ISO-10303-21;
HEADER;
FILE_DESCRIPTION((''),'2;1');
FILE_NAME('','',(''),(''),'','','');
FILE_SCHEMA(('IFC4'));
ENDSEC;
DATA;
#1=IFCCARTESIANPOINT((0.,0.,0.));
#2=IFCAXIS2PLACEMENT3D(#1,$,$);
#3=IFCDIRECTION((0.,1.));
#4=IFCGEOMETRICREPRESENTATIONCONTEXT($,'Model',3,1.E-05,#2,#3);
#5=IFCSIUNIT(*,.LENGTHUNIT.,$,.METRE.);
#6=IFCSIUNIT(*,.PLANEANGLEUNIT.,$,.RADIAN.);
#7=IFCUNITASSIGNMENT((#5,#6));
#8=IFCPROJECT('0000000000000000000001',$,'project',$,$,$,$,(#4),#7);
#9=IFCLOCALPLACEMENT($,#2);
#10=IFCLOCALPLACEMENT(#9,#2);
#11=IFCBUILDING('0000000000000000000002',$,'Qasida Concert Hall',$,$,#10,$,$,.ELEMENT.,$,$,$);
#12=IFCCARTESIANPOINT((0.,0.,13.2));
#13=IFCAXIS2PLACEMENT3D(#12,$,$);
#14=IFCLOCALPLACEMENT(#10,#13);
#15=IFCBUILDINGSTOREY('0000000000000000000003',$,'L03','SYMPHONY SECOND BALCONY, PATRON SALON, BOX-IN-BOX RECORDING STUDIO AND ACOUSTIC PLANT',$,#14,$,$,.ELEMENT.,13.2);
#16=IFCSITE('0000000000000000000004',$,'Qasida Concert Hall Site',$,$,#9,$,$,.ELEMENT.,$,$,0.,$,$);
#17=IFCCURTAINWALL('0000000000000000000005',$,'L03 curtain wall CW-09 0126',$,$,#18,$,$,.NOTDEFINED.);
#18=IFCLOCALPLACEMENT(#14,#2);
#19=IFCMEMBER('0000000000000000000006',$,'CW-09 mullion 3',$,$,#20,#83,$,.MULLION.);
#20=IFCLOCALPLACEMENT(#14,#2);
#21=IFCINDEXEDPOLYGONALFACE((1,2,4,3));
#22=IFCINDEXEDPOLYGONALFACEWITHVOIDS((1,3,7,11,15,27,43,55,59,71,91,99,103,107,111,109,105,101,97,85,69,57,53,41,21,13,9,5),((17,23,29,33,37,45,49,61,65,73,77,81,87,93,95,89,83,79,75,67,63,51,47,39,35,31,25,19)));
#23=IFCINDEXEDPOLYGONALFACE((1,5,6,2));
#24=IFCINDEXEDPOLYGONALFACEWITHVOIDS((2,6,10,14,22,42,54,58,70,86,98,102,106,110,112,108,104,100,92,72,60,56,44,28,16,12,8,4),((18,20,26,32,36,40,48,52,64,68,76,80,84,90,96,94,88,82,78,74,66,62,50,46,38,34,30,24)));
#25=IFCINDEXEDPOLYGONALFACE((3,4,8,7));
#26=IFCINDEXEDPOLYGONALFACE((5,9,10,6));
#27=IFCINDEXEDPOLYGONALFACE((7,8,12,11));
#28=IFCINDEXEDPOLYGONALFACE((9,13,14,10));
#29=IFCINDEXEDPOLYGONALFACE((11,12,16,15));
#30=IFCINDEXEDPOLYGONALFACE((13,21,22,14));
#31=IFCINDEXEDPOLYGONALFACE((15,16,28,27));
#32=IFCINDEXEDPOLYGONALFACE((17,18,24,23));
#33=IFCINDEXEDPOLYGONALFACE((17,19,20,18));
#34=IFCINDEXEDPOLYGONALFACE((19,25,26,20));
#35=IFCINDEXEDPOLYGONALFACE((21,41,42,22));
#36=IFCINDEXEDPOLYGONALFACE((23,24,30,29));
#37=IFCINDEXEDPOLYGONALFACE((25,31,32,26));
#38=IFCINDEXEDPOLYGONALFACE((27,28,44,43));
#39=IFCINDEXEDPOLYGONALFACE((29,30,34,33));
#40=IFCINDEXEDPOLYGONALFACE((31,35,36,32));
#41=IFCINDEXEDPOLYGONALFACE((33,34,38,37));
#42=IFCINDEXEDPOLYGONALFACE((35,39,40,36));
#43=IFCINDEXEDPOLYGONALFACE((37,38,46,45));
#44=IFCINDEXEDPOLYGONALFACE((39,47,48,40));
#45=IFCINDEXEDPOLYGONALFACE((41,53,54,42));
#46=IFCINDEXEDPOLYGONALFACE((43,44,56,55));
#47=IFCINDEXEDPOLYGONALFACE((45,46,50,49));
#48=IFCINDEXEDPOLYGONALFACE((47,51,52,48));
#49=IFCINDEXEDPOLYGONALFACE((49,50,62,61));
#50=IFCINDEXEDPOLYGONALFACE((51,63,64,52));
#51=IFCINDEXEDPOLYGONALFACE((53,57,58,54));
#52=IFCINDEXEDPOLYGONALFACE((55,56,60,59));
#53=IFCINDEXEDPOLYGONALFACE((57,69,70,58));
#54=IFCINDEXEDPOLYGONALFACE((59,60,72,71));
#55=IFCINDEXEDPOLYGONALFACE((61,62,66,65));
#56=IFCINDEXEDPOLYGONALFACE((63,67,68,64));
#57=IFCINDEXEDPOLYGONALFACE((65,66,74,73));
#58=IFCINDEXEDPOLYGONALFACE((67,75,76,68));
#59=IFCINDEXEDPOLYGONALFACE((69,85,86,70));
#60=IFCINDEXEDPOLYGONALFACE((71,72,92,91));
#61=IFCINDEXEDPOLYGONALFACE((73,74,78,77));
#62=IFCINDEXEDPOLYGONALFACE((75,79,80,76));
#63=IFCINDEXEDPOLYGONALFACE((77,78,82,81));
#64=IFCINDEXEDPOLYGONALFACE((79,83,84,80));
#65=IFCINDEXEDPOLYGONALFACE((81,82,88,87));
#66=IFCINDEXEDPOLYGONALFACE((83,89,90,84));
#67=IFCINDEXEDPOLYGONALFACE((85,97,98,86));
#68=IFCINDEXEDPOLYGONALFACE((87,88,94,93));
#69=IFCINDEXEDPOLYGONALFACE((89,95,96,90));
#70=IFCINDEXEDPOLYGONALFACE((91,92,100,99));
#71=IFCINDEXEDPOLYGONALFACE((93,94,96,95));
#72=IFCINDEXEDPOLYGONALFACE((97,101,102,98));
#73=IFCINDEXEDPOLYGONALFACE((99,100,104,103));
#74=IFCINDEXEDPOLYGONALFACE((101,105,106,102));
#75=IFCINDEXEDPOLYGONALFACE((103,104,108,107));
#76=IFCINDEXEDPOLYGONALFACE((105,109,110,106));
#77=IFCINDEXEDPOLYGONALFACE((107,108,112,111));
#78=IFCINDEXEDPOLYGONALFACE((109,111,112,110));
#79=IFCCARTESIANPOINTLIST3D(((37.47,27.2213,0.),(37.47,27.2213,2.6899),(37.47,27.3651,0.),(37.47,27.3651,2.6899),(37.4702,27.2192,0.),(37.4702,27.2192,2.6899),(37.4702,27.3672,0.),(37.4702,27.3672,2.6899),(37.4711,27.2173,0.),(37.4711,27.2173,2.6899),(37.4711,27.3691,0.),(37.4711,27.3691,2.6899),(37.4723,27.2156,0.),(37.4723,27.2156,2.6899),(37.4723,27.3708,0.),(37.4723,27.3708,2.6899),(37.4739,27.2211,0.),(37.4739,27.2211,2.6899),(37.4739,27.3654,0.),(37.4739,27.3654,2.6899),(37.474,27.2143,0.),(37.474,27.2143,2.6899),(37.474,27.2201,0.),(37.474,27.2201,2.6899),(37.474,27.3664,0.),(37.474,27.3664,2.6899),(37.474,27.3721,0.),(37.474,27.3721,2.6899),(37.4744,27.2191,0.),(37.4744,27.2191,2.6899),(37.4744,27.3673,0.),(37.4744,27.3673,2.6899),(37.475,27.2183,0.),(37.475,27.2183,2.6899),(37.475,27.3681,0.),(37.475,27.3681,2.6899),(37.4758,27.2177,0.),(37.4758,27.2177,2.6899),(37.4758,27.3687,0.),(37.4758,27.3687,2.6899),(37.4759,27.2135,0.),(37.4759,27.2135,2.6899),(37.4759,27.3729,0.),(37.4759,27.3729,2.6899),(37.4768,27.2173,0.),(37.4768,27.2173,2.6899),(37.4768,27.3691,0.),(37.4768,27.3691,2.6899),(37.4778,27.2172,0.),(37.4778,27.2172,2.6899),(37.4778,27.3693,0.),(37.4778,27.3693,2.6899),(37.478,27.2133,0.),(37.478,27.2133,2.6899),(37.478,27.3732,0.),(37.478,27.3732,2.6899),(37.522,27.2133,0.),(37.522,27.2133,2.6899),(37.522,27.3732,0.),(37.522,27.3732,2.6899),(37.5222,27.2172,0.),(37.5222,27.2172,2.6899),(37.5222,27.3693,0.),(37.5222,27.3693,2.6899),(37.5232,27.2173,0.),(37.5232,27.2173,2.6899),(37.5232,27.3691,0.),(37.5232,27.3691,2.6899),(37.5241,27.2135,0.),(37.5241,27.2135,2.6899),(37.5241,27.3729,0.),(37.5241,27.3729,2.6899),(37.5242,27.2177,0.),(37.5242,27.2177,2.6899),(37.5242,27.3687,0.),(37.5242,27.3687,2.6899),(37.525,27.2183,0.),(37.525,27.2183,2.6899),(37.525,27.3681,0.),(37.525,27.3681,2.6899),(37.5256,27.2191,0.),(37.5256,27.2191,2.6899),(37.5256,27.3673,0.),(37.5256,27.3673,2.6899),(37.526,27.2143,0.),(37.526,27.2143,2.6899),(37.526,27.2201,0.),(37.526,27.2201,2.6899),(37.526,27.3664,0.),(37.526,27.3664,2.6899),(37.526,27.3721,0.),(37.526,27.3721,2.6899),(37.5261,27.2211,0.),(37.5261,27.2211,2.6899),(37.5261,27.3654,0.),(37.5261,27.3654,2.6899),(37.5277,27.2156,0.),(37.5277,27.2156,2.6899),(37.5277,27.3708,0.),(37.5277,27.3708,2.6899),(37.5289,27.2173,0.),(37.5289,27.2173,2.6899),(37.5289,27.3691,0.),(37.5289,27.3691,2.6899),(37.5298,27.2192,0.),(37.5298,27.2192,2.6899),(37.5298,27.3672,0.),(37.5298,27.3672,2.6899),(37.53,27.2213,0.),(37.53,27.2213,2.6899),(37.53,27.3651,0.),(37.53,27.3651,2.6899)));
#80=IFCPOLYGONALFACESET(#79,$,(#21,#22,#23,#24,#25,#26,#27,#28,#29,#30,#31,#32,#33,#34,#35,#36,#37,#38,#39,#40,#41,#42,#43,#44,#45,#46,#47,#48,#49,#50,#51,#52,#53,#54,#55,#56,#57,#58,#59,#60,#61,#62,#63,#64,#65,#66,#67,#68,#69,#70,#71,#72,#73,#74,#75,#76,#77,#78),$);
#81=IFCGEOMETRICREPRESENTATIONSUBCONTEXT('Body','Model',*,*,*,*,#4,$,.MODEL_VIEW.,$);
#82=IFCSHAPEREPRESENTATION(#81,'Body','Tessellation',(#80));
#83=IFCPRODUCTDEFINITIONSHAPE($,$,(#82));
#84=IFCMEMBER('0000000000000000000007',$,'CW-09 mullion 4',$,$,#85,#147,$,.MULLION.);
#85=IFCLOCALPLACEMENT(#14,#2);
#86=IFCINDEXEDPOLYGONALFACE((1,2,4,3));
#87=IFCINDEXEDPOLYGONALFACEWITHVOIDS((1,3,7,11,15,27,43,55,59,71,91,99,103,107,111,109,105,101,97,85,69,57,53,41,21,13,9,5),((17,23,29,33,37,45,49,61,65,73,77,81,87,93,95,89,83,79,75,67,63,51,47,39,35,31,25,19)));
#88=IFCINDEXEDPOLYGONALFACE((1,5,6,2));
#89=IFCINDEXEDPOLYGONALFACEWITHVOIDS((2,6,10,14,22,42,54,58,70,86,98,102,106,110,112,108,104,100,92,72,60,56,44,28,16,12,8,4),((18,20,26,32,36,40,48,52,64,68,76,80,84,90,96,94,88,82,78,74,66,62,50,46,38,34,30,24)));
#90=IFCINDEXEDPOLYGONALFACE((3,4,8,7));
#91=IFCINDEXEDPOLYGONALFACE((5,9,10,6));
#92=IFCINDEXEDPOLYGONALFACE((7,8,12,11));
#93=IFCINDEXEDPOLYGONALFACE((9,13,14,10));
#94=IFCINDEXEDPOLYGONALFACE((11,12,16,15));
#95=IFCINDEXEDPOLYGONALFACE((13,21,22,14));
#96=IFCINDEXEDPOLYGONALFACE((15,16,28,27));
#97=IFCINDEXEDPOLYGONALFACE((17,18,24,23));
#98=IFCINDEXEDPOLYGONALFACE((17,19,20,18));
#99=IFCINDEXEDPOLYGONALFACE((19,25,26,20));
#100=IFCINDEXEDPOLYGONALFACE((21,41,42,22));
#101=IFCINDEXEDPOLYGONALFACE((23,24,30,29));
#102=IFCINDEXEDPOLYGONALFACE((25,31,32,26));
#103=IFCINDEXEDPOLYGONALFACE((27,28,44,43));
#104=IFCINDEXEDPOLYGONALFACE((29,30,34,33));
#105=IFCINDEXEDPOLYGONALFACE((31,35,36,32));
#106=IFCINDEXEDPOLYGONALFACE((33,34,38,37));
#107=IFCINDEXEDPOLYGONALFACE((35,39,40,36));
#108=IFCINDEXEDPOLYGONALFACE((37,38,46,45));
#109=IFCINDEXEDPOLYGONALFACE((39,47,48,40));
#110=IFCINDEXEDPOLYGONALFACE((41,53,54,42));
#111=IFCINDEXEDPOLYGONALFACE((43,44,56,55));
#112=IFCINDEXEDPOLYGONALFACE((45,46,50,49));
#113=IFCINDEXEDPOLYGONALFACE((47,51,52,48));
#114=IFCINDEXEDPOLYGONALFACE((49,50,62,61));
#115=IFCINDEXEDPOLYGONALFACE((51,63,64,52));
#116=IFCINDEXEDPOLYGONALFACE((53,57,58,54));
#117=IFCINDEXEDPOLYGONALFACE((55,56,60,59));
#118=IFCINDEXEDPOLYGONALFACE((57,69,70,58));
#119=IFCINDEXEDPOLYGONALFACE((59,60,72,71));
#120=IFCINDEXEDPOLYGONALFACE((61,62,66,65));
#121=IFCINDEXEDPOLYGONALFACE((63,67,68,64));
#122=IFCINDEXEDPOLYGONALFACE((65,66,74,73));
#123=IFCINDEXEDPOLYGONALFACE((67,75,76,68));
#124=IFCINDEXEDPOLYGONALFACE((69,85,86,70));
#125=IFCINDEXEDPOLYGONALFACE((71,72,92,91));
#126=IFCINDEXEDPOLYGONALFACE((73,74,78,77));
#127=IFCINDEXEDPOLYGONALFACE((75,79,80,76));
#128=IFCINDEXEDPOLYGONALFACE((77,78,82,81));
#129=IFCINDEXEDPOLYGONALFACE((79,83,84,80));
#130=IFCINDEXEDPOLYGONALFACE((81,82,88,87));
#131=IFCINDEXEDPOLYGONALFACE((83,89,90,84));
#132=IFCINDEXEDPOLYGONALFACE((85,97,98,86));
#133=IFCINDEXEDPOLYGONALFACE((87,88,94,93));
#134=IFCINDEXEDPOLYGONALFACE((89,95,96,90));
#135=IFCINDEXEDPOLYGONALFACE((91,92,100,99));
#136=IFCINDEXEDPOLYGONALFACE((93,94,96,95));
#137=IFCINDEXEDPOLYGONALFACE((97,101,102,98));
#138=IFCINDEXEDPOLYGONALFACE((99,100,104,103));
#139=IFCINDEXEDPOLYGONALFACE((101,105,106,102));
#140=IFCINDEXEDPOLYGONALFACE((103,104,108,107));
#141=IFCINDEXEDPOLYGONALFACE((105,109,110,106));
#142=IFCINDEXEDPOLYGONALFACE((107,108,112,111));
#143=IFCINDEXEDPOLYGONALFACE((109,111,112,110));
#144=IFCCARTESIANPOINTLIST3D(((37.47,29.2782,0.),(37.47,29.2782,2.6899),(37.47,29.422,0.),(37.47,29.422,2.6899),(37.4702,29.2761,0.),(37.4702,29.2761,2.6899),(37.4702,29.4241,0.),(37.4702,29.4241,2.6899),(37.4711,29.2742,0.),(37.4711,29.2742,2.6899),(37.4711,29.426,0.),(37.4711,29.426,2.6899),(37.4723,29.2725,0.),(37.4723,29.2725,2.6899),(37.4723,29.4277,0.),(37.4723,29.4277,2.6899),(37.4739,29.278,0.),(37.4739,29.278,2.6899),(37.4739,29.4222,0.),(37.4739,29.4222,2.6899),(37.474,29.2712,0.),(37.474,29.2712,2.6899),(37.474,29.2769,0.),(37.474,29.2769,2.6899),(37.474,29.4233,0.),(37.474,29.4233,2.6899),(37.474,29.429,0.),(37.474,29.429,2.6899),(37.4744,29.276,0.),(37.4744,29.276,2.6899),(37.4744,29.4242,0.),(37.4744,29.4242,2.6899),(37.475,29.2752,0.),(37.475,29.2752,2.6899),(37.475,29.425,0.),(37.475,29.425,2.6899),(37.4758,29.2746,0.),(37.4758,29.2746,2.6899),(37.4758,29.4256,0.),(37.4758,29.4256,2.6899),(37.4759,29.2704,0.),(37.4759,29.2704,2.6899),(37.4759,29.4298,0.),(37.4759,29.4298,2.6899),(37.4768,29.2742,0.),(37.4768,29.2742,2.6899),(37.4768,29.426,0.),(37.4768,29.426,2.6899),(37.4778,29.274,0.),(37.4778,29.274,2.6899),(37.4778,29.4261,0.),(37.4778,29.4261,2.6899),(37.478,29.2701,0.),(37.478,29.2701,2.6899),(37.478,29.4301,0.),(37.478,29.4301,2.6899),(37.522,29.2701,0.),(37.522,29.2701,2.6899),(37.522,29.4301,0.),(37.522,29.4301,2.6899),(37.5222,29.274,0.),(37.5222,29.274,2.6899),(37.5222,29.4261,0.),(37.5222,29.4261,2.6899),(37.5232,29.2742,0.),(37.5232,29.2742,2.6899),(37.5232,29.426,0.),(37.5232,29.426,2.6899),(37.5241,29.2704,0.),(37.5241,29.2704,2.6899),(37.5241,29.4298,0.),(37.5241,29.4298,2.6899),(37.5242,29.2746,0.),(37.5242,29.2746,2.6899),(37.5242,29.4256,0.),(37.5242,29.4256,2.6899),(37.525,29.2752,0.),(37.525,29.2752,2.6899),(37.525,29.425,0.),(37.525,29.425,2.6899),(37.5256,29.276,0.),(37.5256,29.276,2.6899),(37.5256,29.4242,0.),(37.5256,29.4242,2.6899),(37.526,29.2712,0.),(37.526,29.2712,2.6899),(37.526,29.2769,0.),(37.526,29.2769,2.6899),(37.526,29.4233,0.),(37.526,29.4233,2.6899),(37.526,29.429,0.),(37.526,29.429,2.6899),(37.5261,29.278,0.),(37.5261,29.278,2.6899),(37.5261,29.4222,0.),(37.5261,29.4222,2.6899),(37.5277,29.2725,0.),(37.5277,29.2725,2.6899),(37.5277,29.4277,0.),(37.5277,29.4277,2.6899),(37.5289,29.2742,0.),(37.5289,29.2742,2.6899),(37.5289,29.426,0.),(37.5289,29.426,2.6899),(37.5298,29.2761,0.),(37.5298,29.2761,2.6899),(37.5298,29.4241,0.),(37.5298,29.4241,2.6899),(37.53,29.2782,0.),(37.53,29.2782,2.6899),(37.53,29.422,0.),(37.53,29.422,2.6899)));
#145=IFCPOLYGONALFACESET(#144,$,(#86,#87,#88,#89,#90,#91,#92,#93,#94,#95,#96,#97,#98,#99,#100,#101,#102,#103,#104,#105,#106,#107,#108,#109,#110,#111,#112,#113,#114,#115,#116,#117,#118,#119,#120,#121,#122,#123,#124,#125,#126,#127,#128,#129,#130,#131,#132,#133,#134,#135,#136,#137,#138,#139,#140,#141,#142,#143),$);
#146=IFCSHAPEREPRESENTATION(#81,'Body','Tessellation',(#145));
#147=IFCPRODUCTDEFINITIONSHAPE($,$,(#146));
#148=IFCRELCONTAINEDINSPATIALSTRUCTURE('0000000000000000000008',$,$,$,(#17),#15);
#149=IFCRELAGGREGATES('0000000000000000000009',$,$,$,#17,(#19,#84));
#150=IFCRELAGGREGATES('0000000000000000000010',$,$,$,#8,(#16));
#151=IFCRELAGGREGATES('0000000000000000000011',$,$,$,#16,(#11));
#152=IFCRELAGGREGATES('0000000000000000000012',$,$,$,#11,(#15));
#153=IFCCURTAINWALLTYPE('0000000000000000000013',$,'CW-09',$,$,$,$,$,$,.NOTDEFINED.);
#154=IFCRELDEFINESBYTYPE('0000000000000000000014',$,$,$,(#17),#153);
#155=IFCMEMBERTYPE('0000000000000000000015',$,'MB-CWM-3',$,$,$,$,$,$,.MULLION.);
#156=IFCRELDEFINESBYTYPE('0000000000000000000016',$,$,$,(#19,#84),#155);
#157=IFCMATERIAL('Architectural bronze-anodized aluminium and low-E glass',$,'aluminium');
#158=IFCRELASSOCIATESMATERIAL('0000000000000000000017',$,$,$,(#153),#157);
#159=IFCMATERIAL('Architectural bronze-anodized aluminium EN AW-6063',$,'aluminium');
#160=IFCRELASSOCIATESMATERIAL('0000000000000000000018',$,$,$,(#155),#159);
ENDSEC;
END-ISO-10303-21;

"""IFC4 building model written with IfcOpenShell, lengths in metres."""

from ifc_helpers import new_model, si_unit, direction, frame, origin, origin_2d, place, context, subcontext, project, spatial, hollow_rectangle, extrude, material, material_profile, profile_set, type_object, element, aggregate, save


model = new_model("IFC4")

# Units and contexts
model_context = context("Model", 3, precision=1e-05, world=origin(), true_north=direction((0.0, 1.0)))
body_context = subcontext(model_context, "Body", "Model", "MODEL_VIEW")
ifc_project = project(units=[si_unit("LENGTHUNIT", "METRE"), si_unit("PLANEANGLEUNIT", "RADIAN")], contexts=[model_context])

# Site, building, storey
site_placement = place(None, origin())
site = spatial("IfcSite", under=ifc_project, at=site_placement, Name="Qasida Concert Hall Site", CompositionType="ELEMENT", RefElevation=0.0)
building_placement = place(site_placement, origin())
building = spatial("IfcBuilding", under=site, at=building_placement, Name="Qasida Concert Hall", CompositionType="ELEMENT")
storey_placement = place(building_placement, frame((0.0, 0.0, 13.2)))
storey = spatial("IfcBuildingStorey", under=building, at=storey_placement, Name="L03", Description="SYMPHONY SECOND BALCONY, PATRON SALON, BOX-IN-BOX RECORDING STUDIO AND ACOUSTIC PLANT", CompositionType="ELEMENT", Elevation=13.2)

# Curtain wall, members
ifc_material_1 = material(Name="Architectural bronze-anodized aluminium and low-E glass", Category="aluminium")
curtain_wall_type = type_object("IfcCurtainWallType", Name="CW-09", PredefinedType="NOTDEFINED", material=ifc_material_1)
curtain_wall_1_placement = place(storey_placement, origin())
curtain_wall_1 = element("IfcCurtainWall", 1, at=curtain_wall_1_placement, inside=storey, type_object=curtain_wall_type, Name="L03 curtain wall CW-09 0126", PredefinedType="NOTDEFINED")
ifc_material_2 = material(Name="Architectural bronze-anodized aluminium EN AW-6063", Category="aluminium")
ifc_material_profile_1 = material_profile(ifc_material_2, hollow_rectangle(XDim=0.0601, YDim=0.1599, WallThickness=0.0039, InnerFilletRadius=0.0039, OuterFilletRadius=0.0081, at=origin_2d()), Name="CWM 160x60x4")
ifc_profile_set_1 = profile_set([ifc_material_profile_1], Name="Architectural bronze-anodized aluminium EN AW-6063")
member_type_1 = type_object("IfcMemberType", Name="MB-CWM-3", PredefinedType="MULLION", material=ifc_profile_set_1)
member_1_placement = place(storey_placement, frame((37.5, 27.2932, 0.0), z_axis=(0.0, 0.0, 1.0), x_axis=(-1.0, 0.0, 0.0)))
member_1 = element("IfcMember", 2, at=member_1_placement, type_object=member_type_1, Name="CW-09 mullion 3", PredefinedType="MULLION", context=body_context, shape_type="SweptSolid", body=[
    extrude(hollow_rectangle(XDim=0.0601, YDim=0.1599, WallThickness=0.0039, InnerFilletRadius=0.0039, OuterFilletRadius=0.0081, at=origin_2d()), origin(), (0.0, 0.0, 1.0), 2.6899),
])
member_2_placement = place(storey_placement, frame((37.5, 29.3501, 0.0), z_axis=(0.0, 0.0, 1.0), x_axis=(-1.0, 0.0, 0.0)))
member_2 = element("IfcMember", 3, at=member_2_placement, type_object=member_type_1, Name="CW-09 mullion 4", PredefinedType="MULLION", context=body_context, shape_type="SweptSolid", body=[
    extrude(hollow_rectangle(XDim=0.0601, YDim=0.1599, WallThickness=0.0039, InnerFilletRadius=0.0039, OuterFilletRadius=0.0081, at=origin_2d()), origin(), (0.0, 0.0, 1.0), 2.6899),
])

aggregate(curtain_wall_1, [member_1, member_2])

save(model, "model.ifc")
